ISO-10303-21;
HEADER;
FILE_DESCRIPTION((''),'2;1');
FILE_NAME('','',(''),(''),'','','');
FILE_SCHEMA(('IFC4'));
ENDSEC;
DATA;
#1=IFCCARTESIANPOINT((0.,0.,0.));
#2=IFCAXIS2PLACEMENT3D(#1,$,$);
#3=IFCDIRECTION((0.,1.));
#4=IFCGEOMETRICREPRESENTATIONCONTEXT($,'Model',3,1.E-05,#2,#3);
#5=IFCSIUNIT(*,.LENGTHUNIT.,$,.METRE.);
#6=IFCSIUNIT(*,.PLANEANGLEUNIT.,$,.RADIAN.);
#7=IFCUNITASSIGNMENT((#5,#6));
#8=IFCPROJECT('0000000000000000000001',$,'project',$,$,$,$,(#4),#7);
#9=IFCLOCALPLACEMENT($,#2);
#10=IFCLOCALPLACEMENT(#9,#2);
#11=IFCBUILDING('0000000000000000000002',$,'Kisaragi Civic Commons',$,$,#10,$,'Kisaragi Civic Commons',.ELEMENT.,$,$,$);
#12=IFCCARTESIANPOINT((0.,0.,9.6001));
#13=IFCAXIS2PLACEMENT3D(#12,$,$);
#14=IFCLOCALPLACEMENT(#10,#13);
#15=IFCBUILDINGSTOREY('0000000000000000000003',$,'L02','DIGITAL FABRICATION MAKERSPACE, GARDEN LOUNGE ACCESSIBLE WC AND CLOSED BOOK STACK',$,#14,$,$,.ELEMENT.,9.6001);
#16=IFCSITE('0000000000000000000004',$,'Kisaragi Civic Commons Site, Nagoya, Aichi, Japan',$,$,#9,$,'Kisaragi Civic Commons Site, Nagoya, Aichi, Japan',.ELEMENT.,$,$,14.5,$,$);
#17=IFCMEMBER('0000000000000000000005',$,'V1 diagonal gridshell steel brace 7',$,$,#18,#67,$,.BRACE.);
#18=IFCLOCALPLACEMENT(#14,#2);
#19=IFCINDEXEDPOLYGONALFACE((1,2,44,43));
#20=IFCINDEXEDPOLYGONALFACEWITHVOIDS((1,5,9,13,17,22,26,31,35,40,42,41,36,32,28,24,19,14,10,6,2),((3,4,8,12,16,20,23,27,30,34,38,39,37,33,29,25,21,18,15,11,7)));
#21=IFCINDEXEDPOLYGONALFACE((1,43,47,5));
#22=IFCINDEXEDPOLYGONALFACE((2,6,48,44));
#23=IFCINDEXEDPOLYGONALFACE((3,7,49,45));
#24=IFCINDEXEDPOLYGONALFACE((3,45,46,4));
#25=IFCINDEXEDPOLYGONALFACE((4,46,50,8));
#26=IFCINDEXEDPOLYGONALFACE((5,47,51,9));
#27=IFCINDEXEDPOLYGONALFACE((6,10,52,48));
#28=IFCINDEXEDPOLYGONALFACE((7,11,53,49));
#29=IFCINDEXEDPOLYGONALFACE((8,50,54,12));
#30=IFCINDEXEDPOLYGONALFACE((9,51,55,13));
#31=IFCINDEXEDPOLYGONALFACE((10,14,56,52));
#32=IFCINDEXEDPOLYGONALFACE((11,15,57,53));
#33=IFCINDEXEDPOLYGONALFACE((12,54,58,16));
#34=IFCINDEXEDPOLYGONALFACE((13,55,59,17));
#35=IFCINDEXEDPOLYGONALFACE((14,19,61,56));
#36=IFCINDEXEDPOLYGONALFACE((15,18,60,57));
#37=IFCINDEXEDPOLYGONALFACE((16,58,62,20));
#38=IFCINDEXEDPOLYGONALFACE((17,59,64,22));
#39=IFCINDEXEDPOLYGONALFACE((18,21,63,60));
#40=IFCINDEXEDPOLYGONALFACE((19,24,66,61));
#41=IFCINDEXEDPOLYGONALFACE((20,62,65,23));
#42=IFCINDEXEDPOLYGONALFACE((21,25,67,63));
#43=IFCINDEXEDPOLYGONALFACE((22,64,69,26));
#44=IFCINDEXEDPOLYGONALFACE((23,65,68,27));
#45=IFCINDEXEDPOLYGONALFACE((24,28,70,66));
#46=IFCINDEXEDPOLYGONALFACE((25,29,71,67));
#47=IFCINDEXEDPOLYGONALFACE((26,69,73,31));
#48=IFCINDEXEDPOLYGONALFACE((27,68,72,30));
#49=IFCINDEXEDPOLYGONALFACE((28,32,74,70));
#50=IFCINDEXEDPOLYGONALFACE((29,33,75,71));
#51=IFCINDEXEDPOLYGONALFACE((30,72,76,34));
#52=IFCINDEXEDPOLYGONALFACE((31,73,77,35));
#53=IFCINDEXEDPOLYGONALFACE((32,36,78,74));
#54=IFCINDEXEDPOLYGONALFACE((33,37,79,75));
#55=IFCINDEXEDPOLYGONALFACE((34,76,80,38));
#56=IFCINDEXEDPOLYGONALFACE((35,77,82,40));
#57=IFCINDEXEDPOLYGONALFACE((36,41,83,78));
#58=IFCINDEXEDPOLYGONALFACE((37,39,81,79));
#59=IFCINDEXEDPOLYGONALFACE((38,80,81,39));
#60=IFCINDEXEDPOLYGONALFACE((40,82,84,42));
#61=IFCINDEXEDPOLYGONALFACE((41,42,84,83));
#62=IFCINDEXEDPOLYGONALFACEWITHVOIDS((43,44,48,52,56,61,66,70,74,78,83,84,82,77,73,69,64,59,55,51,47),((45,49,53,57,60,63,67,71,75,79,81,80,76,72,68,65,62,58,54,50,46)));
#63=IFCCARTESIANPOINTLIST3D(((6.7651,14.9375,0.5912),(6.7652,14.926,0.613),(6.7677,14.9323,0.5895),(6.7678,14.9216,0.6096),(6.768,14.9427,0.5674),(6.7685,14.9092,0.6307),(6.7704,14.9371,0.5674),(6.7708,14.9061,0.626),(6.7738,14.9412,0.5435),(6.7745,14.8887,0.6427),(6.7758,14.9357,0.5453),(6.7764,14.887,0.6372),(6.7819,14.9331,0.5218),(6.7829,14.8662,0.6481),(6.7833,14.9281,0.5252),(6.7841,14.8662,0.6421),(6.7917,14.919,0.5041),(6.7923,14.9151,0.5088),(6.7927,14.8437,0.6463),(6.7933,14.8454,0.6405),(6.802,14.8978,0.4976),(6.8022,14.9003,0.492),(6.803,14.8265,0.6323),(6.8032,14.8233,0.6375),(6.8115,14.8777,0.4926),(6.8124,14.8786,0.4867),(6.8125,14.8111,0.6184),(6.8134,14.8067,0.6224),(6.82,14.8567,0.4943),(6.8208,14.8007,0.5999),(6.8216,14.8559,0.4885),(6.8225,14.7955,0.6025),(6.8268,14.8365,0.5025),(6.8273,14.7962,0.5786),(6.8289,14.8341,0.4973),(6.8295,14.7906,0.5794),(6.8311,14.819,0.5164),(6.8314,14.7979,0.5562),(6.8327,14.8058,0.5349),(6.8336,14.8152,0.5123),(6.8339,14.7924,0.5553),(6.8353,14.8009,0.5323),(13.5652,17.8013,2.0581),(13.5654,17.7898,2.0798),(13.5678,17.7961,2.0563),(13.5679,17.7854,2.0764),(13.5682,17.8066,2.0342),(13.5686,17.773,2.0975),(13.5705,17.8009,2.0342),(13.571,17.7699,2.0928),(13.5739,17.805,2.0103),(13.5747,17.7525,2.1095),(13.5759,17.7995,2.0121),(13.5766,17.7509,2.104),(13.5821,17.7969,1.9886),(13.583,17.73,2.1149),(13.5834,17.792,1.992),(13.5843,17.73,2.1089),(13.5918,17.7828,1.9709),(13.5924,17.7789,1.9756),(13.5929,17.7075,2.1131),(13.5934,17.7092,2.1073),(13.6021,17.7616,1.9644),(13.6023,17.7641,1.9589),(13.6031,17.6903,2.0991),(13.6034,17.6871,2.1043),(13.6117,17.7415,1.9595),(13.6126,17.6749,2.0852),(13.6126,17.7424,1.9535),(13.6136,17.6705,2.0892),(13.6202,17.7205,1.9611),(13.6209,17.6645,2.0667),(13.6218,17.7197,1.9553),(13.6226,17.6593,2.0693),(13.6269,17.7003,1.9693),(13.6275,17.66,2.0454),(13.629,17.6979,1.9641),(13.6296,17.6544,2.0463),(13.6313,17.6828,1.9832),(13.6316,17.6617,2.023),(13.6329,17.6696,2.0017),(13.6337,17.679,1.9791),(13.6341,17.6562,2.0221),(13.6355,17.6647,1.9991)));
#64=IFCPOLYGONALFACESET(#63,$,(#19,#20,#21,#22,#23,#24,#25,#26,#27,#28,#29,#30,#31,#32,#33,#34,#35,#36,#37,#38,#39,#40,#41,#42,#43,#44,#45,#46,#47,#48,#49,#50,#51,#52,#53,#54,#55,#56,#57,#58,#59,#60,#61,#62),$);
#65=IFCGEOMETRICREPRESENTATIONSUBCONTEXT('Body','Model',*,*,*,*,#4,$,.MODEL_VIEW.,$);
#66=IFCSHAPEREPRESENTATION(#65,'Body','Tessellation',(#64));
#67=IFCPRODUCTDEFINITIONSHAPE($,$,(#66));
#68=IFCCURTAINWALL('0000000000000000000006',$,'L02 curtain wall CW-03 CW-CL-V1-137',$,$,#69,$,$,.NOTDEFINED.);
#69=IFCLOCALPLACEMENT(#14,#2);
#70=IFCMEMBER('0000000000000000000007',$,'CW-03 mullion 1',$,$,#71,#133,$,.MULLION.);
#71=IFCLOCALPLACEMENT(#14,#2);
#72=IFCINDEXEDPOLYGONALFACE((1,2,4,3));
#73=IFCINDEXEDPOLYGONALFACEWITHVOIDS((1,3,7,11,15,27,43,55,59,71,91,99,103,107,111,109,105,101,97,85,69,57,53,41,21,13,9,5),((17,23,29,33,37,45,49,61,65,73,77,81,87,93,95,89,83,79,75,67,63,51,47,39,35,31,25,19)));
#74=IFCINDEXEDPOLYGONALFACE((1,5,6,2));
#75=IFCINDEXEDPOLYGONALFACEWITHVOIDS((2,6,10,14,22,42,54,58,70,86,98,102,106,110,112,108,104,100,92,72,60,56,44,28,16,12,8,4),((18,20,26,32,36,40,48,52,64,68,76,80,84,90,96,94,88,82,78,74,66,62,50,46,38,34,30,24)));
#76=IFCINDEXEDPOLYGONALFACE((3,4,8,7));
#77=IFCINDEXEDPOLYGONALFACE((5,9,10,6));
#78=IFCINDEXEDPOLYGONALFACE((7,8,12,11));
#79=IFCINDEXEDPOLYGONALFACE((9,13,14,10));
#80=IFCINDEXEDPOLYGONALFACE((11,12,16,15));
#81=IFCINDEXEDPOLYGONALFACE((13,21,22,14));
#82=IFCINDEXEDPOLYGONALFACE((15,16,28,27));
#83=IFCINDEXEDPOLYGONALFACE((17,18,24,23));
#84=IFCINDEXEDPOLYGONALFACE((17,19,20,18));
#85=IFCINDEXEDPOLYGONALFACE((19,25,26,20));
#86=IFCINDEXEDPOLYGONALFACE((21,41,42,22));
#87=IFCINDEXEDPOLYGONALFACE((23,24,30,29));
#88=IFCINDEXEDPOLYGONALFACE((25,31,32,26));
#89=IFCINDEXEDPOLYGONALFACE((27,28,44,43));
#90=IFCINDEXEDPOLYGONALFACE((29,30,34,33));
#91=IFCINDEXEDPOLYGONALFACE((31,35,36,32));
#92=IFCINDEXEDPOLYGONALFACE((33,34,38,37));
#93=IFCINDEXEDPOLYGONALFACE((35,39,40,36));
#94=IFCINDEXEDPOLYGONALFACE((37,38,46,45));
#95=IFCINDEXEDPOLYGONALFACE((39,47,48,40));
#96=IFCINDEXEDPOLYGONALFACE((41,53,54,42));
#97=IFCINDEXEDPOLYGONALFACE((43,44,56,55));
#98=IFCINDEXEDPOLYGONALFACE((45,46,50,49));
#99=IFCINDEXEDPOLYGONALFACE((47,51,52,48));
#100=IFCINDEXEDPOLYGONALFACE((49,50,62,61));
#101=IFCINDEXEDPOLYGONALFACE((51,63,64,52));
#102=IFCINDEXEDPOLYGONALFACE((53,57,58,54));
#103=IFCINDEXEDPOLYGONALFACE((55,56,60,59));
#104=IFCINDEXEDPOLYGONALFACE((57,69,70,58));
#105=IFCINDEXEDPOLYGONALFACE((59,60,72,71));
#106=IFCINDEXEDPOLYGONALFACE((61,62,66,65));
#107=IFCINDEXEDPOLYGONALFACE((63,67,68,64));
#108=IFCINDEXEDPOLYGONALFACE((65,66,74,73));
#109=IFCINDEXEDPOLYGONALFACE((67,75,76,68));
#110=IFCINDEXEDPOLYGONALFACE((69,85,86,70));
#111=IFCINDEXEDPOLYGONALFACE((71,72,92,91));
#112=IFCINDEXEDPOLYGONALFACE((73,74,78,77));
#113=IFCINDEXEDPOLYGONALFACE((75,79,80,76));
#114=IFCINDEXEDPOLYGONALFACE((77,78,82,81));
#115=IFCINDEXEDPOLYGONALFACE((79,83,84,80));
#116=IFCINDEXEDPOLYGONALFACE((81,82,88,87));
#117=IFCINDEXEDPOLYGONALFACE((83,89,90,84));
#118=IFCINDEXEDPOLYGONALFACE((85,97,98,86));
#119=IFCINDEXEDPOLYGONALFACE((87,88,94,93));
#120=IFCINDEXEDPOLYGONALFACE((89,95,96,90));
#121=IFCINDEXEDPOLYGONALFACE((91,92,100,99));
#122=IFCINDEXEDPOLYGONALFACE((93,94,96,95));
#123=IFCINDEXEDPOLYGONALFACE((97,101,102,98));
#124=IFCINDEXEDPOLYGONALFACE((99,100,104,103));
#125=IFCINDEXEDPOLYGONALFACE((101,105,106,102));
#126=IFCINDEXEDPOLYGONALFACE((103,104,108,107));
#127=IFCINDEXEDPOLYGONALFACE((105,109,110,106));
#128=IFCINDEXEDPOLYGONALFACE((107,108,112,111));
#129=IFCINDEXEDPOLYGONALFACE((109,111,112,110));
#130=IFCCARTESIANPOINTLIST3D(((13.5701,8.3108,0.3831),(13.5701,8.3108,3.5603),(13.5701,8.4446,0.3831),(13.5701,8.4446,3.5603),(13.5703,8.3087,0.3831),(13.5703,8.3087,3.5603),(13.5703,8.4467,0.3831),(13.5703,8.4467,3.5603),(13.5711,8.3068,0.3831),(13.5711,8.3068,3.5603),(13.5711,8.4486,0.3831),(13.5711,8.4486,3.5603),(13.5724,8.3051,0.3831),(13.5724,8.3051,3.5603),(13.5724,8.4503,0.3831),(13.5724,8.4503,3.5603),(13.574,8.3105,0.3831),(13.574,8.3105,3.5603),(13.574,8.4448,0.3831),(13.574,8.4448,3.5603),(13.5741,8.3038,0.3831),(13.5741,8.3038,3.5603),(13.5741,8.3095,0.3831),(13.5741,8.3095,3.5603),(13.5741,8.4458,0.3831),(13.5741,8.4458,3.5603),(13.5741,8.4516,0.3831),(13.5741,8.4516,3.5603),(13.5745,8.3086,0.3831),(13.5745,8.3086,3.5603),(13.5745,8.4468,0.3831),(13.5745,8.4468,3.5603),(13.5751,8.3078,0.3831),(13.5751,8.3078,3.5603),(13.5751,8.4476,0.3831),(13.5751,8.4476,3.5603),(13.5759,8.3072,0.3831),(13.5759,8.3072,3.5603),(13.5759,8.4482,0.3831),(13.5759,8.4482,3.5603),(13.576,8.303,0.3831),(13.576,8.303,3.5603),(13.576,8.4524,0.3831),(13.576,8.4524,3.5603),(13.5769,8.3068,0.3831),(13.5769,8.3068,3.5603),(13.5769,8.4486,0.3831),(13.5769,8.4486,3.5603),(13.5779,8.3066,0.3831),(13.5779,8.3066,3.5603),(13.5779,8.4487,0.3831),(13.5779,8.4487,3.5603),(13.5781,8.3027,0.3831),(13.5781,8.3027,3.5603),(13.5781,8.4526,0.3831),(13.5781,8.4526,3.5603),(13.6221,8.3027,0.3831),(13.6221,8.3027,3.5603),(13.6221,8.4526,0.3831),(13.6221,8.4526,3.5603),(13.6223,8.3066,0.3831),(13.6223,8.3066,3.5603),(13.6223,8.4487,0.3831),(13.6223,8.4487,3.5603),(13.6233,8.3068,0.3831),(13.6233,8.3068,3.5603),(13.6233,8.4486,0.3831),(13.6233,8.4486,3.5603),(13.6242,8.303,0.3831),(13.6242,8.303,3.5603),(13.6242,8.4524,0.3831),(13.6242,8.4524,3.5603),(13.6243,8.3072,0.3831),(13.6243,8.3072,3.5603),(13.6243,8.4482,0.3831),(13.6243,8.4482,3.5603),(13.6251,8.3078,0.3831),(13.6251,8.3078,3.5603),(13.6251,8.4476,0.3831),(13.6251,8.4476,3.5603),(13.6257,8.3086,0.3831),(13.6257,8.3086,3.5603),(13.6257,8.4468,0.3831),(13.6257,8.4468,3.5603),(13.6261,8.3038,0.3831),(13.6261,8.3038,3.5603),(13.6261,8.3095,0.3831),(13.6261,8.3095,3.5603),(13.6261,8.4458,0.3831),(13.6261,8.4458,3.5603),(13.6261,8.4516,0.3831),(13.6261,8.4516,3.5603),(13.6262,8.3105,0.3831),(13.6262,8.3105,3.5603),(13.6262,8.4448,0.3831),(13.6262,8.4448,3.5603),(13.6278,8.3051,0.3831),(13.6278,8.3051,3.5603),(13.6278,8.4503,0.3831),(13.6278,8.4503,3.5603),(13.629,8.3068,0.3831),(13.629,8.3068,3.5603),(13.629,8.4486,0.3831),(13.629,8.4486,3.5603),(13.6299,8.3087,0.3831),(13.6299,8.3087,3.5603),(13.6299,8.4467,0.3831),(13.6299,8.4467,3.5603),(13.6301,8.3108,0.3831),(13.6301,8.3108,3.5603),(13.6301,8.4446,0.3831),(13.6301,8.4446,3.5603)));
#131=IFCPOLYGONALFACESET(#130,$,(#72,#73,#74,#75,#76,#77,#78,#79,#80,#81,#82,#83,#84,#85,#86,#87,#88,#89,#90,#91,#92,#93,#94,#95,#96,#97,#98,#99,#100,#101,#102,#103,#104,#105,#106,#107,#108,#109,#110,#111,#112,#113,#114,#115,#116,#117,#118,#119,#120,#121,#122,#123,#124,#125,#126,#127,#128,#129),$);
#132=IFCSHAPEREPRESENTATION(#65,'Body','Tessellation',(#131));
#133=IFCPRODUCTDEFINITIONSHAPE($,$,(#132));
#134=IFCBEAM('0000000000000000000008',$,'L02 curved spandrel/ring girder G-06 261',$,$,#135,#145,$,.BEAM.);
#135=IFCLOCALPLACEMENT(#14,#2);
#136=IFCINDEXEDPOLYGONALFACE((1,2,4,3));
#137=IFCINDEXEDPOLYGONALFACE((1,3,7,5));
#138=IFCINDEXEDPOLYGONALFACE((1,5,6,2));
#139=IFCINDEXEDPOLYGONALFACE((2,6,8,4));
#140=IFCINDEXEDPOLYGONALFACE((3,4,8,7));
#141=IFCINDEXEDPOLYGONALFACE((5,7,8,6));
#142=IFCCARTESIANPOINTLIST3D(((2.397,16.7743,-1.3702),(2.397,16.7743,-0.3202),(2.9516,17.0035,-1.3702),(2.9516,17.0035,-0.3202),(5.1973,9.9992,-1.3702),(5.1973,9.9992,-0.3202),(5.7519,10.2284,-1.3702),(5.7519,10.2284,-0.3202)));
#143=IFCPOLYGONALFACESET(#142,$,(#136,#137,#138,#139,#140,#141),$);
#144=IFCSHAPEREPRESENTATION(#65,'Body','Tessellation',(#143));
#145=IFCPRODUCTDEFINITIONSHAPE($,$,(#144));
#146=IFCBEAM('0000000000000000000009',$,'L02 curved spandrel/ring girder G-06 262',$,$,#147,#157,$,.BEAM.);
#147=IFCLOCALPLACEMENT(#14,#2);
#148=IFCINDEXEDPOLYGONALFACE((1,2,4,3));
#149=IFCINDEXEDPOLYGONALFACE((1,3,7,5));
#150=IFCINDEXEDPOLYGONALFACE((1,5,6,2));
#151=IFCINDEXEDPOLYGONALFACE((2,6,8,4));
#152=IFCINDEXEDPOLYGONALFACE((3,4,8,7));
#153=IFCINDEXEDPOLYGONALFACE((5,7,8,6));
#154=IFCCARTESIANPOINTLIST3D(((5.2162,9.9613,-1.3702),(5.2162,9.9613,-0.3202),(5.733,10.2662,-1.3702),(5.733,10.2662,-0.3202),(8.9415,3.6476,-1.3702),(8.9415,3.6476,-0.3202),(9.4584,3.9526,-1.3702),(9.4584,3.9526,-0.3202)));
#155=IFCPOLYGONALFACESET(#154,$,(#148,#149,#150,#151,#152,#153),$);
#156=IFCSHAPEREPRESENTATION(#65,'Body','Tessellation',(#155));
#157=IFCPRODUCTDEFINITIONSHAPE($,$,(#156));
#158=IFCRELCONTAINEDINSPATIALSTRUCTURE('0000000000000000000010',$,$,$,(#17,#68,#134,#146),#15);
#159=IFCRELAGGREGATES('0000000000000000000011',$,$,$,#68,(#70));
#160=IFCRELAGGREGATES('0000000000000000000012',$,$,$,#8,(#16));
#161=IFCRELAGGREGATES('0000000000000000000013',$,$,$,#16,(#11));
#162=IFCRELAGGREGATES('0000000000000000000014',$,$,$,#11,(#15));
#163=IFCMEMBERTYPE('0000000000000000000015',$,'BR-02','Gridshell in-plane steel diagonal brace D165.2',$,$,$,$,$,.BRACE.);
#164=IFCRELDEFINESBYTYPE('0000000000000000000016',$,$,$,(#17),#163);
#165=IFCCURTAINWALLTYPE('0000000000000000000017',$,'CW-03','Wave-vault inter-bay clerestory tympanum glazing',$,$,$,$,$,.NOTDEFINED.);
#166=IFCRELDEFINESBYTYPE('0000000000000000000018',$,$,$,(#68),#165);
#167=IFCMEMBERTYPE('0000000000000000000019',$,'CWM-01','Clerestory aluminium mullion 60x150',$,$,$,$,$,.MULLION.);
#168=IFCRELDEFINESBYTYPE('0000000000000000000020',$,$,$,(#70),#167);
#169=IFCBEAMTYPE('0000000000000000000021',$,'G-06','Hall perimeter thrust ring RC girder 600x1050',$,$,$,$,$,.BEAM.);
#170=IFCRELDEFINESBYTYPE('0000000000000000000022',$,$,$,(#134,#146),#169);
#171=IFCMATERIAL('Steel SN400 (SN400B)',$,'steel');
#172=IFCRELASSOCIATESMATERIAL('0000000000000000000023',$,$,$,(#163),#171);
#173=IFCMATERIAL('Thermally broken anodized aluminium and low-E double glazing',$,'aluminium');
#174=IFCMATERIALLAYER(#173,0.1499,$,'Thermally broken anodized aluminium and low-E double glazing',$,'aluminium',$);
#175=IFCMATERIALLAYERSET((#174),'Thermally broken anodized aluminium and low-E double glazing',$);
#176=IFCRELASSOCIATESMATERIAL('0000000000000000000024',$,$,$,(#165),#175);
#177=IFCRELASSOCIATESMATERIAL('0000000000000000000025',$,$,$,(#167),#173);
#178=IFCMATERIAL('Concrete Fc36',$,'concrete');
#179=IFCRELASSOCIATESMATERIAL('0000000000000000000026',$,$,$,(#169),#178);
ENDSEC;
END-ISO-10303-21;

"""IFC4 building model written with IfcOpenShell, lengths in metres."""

from ifc_helpers import new_model, si_unit, direction, frame, origin, origin_2d, place, context, subcontext, project, spatial, rectangle, hollow_rectangle, hollow_circle, extrude, material, layer, layer_set, material_profile, profile_set, type_object, element, aggregate, save


model = new_model("IFC4")

# Units and contexts
model_context = context("Model", 3, precision=1e-05, world=origin(), true_north=direction((0.0, 1.0)))
body_context = subcontext(model_context, "Body", "Model", "MODEL_VIEW")
ifc_project = project(units=[si_unit("LENGTHUNIT", "METRE"), si_unit("PLANEANGLEUNIT", "RADIAN")], contexts=[model_context])

# Site, building, storey
site_placement = place(None, origin())
site = spatial("IfcSite", under=ifc_project, at=site_placement, Name="Kisaragi Civic Commons Site, Nagoya, Aichi, Japan", LongName="Kisaragi Civic Commons Site, Nagoya, Aichi, Japan", CompositionType="ELEMENT", RefElevation=14.5)
building_placement = place(site_placement, origin())
building = spatial("IfcBuilding", under=site, at=building_placement, Name="Kisaragi Civic Commons", LongName="Kisaragi Civic Commons", CompositionType="ELEMENT")
storey_placement = place(building_placement, frame((0.0, 0.0, 9.6001)))
storey = spatial("IfcBuildingStorey", under=building, at=storey_placement, Name="L02", Description="DIGITAL FABRICATION MAKERSPACE, GARDEN LOUNGE ACCESSIBLE WC AND CLOSED BOOK STACK", CompositionType="ELEMENT", Elevation=9.6001)

# Member
ifc_material_1 = material(Name="Steel SN400 (SN400B)", Category="steel")
ifc_material_profile_1 = material_profile(ifc_material_1, hollow_circle(Radius=0.0825, WallThickness=0.0061, at=origin_2d()), Name="CHS-165.2x6.0", Category="steel")
ifc_profile_set_1 = profile_set([ifc_material_profile_1], Name="Steel SN400 (SN400B)")
member_type_1 = type_object("IfcMemberType", Name="BR-02", Description="Gridshell in-plane steel diagonal brace D165.2", PredefinedType="BRACE", material=ifc_profile_set_1)
member_1_placement = place(storey_placement, frame((6.8, 14.8667, 0.5674), z_axis=(0.903919, 0.380676, 0.194979), x_axis=(-0.388125, 0.921607, 0.0)))
element("IfcMember", 1, at=member_1_placement, inside=storey, type_object=member_type_1, Name="V1 diagonal gridshell steel brace 7", PredefinedType="BRACE", context=body_context, shape_type="SweptSolid", body=[
    extrude(hollow_circle(Radius=0.0825, WallThickness=0.0061, at=origin_2d()), origin(), (0.0, 0.0, 1.0), 7.5229),
])

# Curtain wall, member
ifc_material_2 = material(Name="Thermally broken anodized aluminium and low-E double glazing", Category="aluminium")
ifc_layer_1 = layer(ifc_material_2, 0.1499, Name="Thermally broken anodized aluminium and low-E double glazing", Category="aluminium")
ifc_layer_set_1 = layer_set([ifc_layer_1], Name="Thermally broken anodized aluminium and low-E double glazing")
curtain_wall_type = type_object("IfcCurtainWallType", Name="CW-03", Description="Wave-vault inter-bay clerestory tympanum glazing", PredefinedType="NOTDEFINED", material=ifc_layer_set_1)
curtain_wall_placement = place(storey_placement, origin())
curtain_wall = element("IfcCurtainWall", 2, at=curtain_wall_placement, inside=storey, type_object=curtain_wall_type, Name="L02 curtain wall CW-03 CW-CL-V1-137", PredefinedType="NOTDEFINED")
ifc_material_profile_2 = material_profile(ifc_material_2, hollow_rectangle(XDim=0.0601, YDim=0.1499, WallThickness=0.0039, InnerFilletRadius=0.0039, OuterFilletRadius=0.0081, at=origin_2d()), Name="CWM-60x150x4", Category="aluminium")
ifc_profile_set_2 = profile_set([ifc_material_profile_2], Name="Thermally broken anodized aluminium and low-E double glazing")
member_type_2 = type_object("IfcMemberType", Name="CWM-01", Description="Clerestory aluminium mullion 60x150", PredefinedType="MULLION", material=ifc_profile_set_2)
member_2_placement = place(storey_placement, frame((13.6001, 8.3777, 0.3831), z_axis=(0.0, 0.0, 1.0), x_axis=(-1.0, 0.0, 0.0)))
member_2 = element("IfcMember", 3, at=member_2_placement, type_object=member_type_2, Name="CW-03 mullion 1", PredefinedType="MULLION", context=body_context, shape_type="SweptSolid", body=[
    extrude(hollow_rectangle(XDim=0.0601, YDim=0.1499, WallThickness=0.0039, InnerFilletRadius=0.0039, OuterFilletRadius=0.0081, at=origin_2d()), origin(), (0.0, 0.0, 1.0), 3.1772),
])
aggregate(curtain_wall, [member_2])

# Beams
ifc_material_3 = material(Name="Concrete Fc36", Category="concrete")
ifc_material_profile_3 = material_profile(ifc_material_3, rectangle(XDim=0.6001, YDim=1.05, at=origin_2d()), Name="RC-600x1050", Category="concrete")
ifc_profile_set_3 = profile_set([ifc_material_profile_3], Name="Concrete Fc36")
beam_type = type_object("IfcBeamType", Name="G-06", Description="Hall perimeter thrust ring RC girder 600x1050", PredefinedType="BEAM", material=ifc_profile_set_3)
beam_1_placement = place(storey_placement, frame((2.6743, 16.8889, -0.8452), z_axis=(0.381977, -0.924172, 0.0), x_axis=(0.924172, 0.381977, 0.0)))
element("IfcBeam", 4, at=beam_1_placement, inside=storey, type_object=beam_type, Name="L02 curved spandrel/ring girder G-06 261", PredefinedType="BEAM", context=body_context, shape_type="SweptSolid", body=[
    extrude(rectangle(XDim=0.6001, YDim=1.05, at=origin_2d()), origin(), (0.0, 0.0, 1.0), 7.3311),
])
beam_2_placement = place(storey_placement, frame((5.4746, 10.1138, -0.8452), z_axis=(0.508174, -0.861255, 0.0), x_axis=(0.861255, 0.508174, 0.0)))
element("IfcBeam", 5, at=beam_2_placement, inside=storey, type_object=beam_type, Name="L02 curved spandrel/ring girder G-06 262", PredefinedType="BEAM", context=body_context, shape_type="SweptSolid", body=[
    extrude(rectangle(XDim=0.6001, YDim=1.05, at=origin_2d()), origin(), (0.0, 0.0, 1.0), 7.3308),
])

save(model, "model.ifc")
